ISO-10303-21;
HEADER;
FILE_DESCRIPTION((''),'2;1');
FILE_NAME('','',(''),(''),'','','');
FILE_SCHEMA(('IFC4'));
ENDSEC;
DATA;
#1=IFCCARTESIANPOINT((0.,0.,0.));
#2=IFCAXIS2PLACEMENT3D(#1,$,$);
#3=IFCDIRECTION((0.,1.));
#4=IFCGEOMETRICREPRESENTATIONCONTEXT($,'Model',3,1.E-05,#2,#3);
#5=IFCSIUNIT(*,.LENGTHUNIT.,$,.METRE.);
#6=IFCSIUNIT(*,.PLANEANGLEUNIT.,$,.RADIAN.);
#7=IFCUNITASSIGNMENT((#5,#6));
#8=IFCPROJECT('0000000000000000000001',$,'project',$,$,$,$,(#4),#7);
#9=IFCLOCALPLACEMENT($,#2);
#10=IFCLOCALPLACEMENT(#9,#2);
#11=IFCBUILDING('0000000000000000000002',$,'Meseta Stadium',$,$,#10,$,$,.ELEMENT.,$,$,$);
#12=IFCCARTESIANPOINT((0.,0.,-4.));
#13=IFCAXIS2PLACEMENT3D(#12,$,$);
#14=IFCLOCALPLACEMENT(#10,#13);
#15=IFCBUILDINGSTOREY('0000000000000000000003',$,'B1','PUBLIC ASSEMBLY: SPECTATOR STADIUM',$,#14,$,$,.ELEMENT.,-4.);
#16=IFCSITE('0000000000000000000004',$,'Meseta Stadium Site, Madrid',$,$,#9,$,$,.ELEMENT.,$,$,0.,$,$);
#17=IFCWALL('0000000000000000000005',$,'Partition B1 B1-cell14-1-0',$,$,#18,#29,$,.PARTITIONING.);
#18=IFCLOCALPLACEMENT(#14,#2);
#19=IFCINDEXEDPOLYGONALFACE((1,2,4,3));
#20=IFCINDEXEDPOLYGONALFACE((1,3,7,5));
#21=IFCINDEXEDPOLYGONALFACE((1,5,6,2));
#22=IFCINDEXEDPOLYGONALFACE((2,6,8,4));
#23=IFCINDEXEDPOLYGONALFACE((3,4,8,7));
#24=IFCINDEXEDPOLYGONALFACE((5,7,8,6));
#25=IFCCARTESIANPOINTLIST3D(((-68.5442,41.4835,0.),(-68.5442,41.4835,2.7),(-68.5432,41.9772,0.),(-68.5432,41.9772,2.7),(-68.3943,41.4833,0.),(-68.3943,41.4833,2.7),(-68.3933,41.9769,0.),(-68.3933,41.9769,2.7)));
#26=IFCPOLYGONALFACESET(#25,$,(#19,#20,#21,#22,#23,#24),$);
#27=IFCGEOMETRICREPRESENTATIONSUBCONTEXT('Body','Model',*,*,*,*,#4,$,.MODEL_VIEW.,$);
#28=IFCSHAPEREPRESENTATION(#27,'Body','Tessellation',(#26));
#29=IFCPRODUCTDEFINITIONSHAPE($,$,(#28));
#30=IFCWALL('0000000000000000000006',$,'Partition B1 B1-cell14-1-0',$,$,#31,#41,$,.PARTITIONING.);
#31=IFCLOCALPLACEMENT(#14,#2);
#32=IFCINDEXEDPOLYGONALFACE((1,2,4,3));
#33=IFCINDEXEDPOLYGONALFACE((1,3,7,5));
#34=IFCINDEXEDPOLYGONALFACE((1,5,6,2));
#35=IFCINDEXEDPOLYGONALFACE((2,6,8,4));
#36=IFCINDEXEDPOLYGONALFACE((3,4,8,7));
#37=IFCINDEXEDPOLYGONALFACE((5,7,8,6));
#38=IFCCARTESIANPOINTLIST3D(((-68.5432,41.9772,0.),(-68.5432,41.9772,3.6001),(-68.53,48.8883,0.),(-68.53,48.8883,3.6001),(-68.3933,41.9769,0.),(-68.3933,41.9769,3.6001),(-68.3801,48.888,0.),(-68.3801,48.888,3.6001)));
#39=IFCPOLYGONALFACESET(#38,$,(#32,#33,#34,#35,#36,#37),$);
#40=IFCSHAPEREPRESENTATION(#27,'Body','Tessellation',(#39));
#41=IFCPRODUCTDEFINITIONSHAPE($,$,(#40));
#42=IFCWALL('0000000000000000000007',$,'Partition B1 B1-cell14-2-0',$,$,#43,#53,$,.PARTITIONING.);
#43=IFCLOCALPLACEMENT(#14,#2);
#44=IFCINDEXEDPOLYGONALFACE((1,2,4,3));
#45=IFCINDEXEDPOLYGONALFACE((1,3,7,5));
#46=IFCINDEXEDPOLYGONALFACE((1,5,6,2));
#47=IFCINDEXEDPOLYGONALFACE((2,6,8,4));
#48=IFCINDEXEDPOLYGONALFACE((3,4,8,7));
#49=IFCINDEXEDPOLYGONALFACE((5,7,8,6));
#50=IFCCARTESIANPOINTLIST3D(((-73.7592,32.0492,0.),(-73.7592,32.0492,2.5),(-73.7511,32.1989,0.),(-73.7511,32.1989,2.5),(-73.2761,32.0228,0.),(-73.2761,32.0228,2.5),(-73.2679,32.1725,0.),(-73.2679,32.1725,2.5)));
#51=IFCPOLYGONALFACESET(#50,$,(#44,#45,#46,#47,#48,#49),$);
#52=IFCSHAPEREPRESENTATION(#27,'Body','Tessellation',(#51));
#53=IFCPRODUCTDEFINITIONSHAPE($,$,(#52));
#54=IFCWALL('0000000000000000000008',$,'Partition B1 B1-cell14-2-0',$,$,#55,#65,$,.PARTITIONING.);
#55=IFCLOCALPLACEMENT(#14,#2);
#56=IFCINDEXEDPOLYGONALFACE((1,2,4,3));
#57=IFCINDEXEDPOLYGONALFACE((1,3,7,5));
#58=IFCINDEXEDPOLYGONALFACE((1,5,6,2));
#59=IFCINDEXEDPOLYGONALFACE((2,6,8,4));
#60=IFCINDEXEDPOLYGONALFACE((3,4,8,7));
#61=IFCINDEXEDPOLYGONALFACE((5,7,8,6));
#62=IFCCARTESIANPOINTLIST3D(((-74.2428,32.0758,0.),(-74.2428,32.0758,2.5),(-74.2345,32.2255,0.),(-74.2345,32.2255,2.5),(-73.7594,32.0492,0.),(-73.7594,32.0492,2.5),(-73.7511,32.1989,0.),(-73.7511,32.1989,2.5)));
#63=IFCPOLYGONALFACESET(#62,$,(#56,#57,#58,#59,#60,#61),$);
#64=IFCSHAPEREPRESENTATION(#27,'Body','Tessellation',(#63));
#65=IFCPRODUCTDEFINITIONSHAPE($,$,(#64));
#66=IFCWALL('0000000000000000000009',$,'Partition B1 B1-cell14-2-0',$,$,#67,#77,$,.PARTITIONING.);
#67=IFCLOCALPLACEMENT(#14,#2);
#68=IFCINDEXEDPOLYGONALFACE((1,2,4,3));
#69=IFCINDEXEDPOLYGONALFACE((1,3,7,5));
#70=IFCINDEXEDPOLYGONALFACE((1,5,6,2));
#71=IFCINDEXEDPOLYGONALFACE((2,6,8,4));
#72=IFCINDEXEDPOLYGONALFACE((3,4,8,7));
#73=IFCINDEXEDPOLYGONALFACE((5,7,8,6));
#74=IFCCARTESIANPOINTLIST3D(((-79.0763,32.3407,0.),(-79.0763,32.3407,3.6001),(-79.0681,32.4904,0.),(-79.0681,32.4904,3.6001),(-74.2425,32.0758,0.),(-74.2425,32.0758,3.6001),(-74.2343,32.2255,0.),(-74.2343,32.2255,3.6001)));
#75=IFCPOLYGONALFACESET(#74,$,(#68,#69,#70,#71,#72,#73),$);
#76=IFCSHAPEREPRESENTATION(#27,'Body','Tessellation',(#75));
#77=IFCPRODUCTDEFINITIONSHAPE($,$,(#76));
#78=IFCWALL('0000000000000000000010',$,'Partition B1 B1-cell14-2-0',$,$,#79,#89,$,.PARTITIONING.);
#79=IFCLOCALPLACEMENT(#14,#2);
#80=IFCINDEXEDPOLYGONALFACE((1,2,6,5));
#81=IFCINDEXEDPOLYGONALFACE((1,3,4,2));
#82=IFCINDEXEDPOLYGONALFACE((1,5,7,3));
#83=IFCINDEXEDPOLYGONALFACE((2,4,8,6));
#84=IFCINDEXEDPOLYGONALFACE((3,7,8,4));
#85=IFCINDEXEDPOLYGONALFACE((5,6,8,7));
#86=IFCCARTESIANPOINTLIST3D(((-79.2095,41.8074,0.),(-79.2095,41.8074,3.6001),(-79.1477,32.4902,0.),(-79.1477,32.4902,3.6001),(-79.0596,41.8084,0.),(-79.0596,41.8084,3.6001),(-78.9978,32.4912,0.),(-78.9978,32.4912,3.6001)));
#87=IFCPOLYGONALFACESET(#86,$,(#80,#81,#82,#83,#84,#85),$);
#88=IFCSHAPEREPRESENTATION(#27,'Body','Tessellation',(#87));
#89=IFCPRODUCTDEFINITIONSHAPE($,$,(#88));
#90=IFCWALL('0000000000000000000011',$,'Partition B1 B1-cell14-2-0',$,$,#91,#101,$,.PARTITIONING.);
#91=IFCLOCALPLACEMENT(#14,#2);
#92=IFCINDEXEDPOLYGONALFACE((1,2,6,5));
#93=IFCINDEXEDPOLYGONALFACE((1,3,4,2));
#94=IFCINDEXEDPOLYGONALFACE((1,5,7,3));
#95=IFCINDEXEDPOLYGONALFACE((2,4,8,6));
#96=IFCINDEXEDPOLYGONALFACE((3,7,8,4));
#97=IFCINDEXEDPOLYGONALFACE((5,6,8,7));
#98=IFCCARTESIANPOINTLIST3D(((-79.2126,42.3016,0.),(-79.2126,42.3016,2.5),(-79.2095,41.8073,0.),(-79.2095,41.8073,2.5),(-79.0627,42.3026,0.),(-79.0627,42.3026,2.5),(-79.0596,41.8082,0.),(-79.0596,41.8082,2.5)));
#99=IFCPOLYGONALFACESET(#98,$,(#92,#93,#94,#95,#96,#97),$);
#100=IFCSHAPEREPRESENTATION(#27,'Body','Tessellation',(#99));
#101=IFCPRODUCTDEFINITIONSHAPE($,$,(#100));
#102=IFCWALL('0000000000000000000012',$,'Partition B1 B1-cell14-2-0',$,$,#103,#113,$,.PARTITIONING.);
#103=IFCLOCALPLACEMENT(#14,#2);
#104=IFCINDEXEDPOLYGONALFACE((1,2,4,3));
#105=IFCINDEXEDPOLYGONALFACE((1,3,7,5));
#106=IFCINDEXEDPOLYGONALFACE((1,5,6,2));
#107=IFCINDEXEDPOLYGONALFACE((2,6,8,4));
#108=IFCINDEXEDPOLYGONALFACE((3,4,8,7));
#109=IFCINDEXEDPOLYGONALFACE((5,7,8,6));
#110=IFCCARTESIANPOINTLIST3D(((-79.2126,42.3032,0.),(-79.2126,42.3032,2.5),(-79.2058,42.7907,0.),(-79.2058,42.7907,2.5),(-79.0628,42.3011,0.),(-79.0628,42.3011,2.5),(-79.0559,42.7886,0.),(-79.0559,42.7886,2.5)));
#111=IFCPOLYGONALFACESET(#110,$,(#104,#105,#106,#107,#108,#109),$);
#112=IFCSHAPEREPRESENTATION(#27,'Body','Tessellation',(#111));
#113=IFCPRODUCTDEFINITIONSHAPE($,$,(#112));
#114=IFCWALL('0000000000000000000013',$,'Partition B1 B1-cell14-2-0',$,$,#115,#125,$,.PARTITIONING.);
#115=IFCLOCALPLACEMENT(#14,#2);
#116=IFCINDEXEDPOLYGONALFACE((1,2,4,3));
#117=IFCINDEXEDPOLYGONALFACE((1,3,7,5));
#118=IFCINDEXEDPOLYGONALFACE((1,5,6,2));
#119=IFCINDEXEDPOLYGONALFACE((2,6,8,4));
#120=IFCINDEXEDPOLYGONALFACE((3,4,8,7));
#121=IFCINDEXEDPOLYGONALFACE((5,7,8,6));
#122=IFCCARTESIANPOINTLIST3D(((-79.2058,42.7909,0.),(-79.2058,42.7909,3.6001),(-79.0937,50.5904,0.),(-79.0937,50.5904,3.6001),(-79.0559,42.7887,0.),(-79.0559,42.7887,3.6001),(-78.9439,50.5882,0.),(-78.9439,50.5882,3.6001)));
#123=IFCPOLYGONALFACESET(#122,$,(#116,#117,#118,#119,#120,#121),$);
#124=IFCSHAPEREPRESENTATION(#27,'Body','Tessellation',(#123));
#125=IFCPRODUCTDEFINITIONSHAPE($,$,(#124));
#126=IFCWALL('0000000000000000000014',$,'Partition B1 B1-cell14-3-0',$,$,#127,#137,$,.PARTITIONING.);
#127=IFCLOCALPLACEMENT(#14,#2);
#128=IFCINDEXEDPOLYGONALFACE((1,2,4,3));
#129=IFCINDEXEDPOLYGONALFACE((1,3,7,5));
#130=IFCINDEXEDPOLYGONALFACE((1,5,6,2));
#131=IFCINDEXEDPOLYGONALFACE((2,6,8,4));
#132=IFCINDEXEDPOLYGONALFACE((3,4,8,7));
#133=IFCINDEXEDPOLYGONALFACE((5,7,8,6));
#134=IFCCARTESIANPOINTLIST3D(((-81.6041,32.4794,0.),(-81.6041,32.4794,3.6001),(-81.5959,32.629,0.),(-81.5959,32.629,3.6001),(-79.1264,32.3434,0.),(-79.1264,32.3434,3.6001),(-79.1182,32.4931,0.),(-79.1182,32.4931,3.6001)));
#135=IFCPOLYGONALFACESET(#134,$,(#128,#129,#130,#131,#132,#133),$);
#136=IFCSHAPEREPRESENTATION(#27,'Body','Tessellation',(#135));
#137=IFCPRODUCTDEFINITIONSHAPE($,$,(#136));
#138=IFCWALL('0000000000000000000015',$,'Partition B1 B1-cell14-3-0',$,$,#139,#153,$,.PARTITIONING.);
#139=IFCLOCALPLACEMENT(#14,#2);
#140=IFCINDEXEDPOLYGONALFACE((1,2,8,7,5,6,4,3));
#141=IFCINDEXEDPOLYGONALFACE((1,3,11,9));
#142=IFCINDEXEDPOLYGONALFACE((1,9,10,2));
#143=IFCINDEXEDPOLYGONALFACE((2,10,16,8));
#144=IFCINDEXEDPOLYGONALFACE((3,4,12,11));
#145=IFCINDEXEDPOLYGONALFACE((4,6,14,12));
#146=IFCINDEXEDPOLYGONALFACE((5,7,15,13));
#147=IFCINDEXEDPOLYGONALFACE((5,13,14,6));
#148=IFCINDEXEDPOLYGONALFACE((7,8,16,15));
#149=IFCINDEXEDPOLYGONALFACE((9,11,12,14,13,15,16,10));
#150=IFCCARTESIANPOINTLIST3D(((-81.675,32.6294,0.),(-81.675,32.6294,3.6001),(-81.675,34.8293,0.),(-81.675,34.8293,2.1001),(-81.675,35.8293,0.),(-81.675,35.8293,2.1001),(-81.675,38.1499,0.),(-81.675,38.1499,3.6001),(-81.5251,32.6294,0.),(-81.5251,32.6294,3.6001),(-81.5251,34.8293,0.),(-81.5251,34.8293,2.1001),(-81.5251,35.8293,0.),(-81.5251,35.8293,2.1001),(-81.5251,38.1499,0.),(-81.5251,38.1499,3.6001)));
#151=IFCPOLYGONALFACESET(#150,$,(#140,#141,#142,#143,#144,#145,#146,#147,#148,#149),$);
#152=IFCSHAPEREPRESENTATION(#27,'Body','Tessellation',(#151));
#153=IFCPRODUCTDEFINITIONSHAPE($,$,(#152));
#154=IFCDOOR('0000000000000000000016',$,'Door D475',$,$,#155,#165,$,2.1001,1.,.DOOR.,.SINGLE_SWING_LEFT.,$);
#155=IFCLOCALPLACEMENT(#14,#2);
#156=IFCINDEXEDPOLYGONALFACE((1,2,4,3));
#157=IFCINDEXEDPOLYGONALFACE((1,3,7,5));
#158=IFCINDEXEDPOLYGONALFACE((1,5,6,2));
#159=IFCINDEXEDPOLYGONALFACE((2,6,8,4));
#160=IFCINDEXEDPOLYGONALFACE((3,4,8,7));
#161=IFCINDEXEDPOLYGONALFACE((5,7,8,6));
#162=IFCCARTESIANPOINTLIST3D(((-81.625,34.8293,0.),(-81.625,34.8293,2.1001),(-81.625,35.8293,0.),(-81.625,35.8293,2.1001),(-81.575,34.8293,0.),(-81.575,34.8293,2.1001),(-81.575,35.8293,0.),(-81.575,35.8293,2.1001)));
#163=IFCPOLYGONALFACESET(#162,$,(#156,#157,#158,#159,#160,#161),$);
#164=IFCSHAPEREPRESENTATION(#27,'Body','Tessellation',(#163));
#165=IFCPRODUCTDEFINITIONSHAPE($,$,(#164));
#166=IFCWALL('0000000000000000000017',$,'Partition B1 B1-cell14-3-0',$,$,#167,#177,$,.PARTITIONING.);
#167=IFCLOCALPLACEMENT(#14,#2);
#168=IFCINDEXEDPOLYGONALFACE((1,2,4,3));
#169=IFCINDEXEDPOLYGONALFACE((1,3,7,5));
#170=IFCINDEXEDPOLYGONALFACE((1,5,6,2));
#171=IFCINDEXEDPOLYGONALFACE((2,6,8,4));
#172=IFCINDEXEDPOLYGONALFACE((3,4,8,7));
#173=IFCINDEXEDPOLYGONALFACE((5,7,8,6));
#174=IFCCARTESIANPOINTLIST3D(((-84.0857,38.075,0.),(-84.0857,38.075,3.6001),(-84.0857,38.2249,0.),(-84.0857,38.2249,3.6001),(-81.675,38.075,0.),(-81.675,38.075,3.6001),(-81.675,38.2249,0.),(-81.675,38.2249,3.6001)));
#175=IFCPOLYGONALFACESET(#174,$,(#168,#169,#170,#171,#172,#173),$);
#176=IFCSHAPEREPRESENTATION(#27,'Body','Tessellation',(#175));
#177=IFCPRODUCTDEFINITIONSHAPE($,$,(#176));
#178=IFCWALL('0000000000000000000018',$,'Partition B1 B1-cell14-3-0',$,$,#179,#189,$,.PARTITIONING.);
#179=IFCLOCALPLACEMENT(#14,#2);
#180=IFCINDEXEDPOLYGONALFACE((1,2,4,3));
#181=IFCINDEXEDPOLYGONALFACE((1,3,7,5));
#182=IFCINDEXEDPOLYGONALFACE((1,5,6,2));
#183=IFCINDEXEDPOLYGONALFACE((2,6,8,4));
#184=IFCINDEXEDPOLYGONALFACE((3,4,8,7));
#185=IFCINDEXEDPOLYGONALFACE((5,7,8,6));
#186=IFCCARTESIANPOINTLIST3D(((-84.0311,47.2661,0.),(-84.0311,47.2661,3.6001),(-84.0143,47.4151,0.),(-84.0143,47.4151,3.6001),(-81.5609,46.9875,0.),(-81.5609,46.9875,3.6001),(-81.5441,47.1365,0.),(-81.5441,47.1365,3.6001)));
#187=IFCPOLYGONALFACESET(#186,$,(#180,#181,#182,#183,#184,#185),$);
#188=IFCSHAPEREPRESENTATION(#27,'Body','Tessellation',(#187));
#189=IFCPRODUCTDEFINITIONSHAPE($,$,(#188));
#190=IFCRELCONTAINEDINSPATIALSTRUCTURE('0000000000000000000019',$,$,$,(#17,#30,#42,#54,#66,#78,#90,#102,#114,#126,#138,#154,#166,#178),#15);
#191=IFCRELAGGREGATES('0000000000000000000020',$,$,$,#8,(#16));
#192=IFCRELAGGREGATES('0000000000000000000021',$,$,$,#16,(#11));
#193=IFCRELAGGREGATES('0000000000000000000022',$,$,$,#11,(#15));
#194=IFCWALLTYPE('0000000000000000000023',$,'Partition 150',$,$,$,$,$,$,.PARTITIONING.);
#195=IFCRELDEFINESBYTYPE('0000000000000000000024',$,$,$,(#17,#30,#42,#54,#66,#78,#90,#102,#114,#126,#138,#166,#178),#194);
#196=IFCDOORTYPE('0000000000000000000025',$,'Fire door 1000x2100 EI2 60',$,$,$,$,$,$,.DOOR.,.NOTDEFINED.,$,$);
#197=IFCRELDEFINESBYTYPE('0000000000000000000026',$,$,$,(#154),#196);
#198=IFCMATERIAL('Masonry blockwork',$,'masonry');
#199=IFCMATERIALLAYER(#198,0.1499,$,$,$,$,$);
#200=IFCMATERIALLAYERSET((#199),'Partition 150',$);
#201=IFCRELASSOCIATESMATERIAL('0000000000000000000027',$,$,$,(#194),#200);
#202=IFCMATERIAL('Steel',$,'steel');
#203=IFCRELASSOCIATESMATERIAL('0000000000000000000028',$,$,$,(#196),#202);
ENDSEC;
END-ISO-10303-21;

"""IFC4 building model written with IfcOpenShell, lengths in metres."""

from ifc_helpers import new_model, si_unit, direction, frame, frame_2d, origin, place, context, subcontext, project, spatial, rectangle, extrude, material, layer, layer_set, type_object, element, fill, save


model = new_model("IFC4")

# Units and contexts
model_context = context("Model", 3, precision=1e-05, world=origin(), true_north=direction((0.0, 1.0)))
body_context = subcontext(model_context, "Body", "Model", "MODEL_VIEW")
ifc_project = project(units=[si_unit("LENGTHUNIT", "METRE"), si_unit("PLANEANGLEUNIT", "RADIAN")], contexts=[model_context])

# Site, building, storey
site_placement = place(None, origin())
site = spatial("IfcSite", under=ifc_project, at=site_placement, Name="Meseta Stadium Site, Madrid", CompositionType="ELEMENT", RefElevation=0.0)
building_placement = place(site_placement, origin())
building = spatial("IfcBuilding", under=site, at=building_placement, Name="Meseta Stadium", CompositionType="ELEMENT")
storey_placement = place(building_placement, frame((0.0, 0.0, -4.0)))
storey = spatial("IfcBuildingStorey", under=building, at=storey_placement, Name="B1", Description="PUBLIC ASSEMBLY: SPECTATOR STADIUM", CompositionType="ELEMENT", Elevation=-4.0)

# Walls
ifc_material_1 = material(Name="Masonry blockwork", Category="masonry")
ifc_layer = layer(ifc_material_1, 0.1499)
ifc_layer_set = layer_set([ifc_layer], Name="Partition 150")
wall_type = type_object("IfcWallType", Name="Partition 150", PredefinedType="PARTITIONING", material=ifc_layer_set)
wall_1_placement = place(storey_placement, frame((-68.4692, 41.4834, 0.0), z_axis=(0.0, 0.0, 1.0), x_axis=(0.001978, 0.999998, 0.0)))
element("IfcWall", 1, at=wall_1_placement, inside=storey, type_object=wall_type, Name="Partition B1 B1-cell14-1-0", PredefinedType="PARTITIONING", context=body_context, shape_type="SweptSolid", body=[
    extrude(rectangle(XDim=0.4937, YDim=0.1499, at=frame_2d((0.2468, 0.0))), origin(), (0.0, 0.0, 1.0), 2.7),
])
wall_2_placement = place(storey_placement, frame((-68.4683, 41.9771, 0.0), z_axis=(0.0, 0.0, 1.0), x_axis=(0.001908, 0.999998, 0.0)))
element("IfcWall", 2, at=wall_2_placement, inside=storey, type_object=wall_type, Name="Partition B1 B1-cell14-1-0", PredefinedType="PARTITIONING", context=body_context, shape_type="SweptSolid", body=[
    extrude(rectangle(XDim=6.9111, YDim=0.1499, at=frame_2d((3.4556, 0.0))), origin(), (0.0, 0.0, 1.0), 3.6001),
])
wall_3_placement = place(storey_placement, frame((-73.272, 32.0977, 0.0), z_axis=(0.0, 0.0, 1.0), x_axis=(-0.998514, 0.054492, 0.0)))
element("IfcWall", 3, at=wall_3_placement, inside=storey, type_object=wall_type, Name="Partition B1 B1-cell14-2-0", PredefinedType="PARTITIONING", context=body_context, shape_type="SweptSolid", body=[
    extrude(rectangle(XDim=0.4839, YDim=0.1499, at=frame_2d((0.2419, 0.0))), origin(), (0.0, 0.0, 1.0), 2.5),
])
wall_4_placement = place(storey_placement, frame((-73.7551, 32.124, 0.0), z_axis=(0.0, 0.0, 1.0), x_axis=(-0.998488, 0.054967, 0.0)))
element("IfcWall", 4, at=wall_4_placement, inside=storey, type_object=wall_type, Name="Partition B1 B1-cell14-2-0", PredefinedType="PARTITIONING", context=body_context, shape_type="SweptSolid", body=[
    extrude(rectangle(XDim=0.4841, YDim=0.1499, at=frame_2d((0.2422, 0.0))), origin(), (0.0, 0.0, 1.0), 2.5),
])
wall_5_placement = place(storey_placement, frame((-74.2385, 32.1506, 0.0), z_axis=(0.0, 0.0, 1.0), x_axis=(-0.998502, 0.054719, 0.0)))
element("IfcWall", 5, at=wall_5_placement, inside=storey, type_object=wall_type, Name="Partition B1 B1-cell14-2-0", PredefinedType="PARTITIONING", context=body_context, shape_type="SweptSolid", body=[
    extrude(rectangle(XDim=4.8411, YDim=0.1499, at=frame_2d((2.4204, 0.0))), origin(), (0.0, 0.0, 1.0), 3.6001),
])
wall_6_placement = place(storey_placement, frame((-79.0728, 32.4907, 0.0), z_axis=(0.0, 0.0, 1.0), x_axis=(-0.006629, 0.999978, 0.0)))
element("IfcWall", 6, at=wall_6_placement, inside=storey, type_object=wall_type, Name="Partition B1 B1-cell14-2-0", PredefinedType="PARTITIONING", context=body_context, shape_type="SweptSolid", body=[
    extrude(rectangle(XDim=9.3174, YDim=0.1499, at=frame_2d((4.6587, 0.0))), origin(), (0.0, 0.0, 1.0), 3.6001),
])
wall_7_placement = place(storey_placement, frame((-79.1345, 41.8079, 0.0), z_axis=(0.0, 0.0, 1.0), x_axis=(-0.00642, 0.999979, 0.0)))
element("IfcWall", 7, at=wall_7_placement, inside=storey, type_object=wall_type, Name="Partition B1 B1-cell14-2-0", PredefinedType="PARTITIONING", context=body_context, shape_type="SweptSolid", body=[
    extrude(rectangle(XDim=0.4944, YDim=0.1499, at=frame_2d((0.2471, 0.0))), origin(), (0.0, 0.0, 1.0), 2.5),
])
wall_8_placement = place(storey_placement, frame((-79.1377, 42.3022, 0.0), z_axis=(0.0, 0.0, 1.0), x_axis=(0.01402, 0.999902, 0.0)))
element("IfcWall", 8, at=wall_8_placement, inside=storey, type_object=wall_type, Name="Partition B1 B1-cell14-2-0", PredefinedType="PARTITIONING", context=body_context, shape_type="SweptSolid", body=[
    extrude(rectangle(XDim=0.4875, YDim=0.1499, at=frame_2d((0.2437, 0.0))), origin(), (0.0, 0.0, 1.0), 2.5),
])
wall_9_placement = place(storey_placement, frame((-79.1309, 42.7898, 0.0), z_axis=(0.0, 0.0, 1.0), x_axis=(0.014366, 0.999897, 0.0)))
element("IfcWall", 9, at=wall_9_placement, inside=storey, type_object=wall_type, Name="Partition B1 B1-cell14-2-0", PredefinedType="PARTITIONING", context=body_context, shape_type="SweptSolid", body=[
    extrude(rectangle(XDim=7.8003, YDim=0.1499, at=frame_2d((3.9001, 0.0))), origin(), (0.0, 0.0, 1.0), 3.6001),
])
wall_10_placement = place(storey_placement, frame((-79.1223, 32.4182, 0.0), z_axis=(0.0, 0.0, 1.0), x_axis=(-0.998497, 0.0548, 0.0)))
element("IfcWall", 10, at=wall_10_placement, inside=storey, type_object=wall_type, Name="Partition B1 B1-cell14-3-0", PredefinedType="PARTITIONING", context=body_context, shape_type="SweptSolid", body=[
    extrude(rectangle(XDim=2.4814, YDim=0.1499, at=frame_2d((1.2407, 0.0))), origin(), (0.0, 0.0, 1.0), 3.6001),
])

# Wall, opening, door
wall_11_placement = place(storey_placement, frame((-81.6001, 32.6294, 0.0), z_axis=(0.0, 0.0, 1.0), x_axis=(0.0, 1.0, 0.0)))
wall_11 = element("IfcWall", 11, at=wall_11_placement, inside=storey, type_object=wall_type, Name="Partition B1 B1-cell14-3-0", PredefinedType="PARTITIONING", context=body_context, shape_type="SweptSolid", body=[
    extrude(rectangle(XDim=5.5205, YDim=0.1499, at=frame_2d((2.7603, 0.0))), origin(), (0.0, 0.0, 1.0), 3.6001),
])
opening_placement = place(wall_11_placement, frame((2.2, 0.0, 0.0)))
opening = element("IfcOpeningElement", 12, at=opening_placement, cuts=wall_11, PredefinedType="OPENING", context=body_context, shape_type="SweptSolid", body=[
    extrude(rectangle(XDim=1.0, YDim=2.1001, at=frame_2d((0.5, 1.05))), frame((0.0, 0.085, 0.0), z_axis=(0.0, -1.0, 0.0), x_axis=(1.0, 0.0, 0.0)), (0.0, 0.0, 1.0), 0.1699),
])
ifc_material_2 = material(Name="Steel", Category="steel")
door_type = type_object("IfcDoorType", Name="Fire door 1000x2100 EI2 60", OperationType="NOTDEFINED", PredefinedType="DOOR", material=ifc_material_2)
door_placement = place(opening_placement, origin())
door = element("IfcDoor", 13, at=door_placement, inside=storey, type_object=door_type, Name="Door D475", OperationType="SINGLE_SWING_LEFT", OverallHeight=2.1001, OverallWidth=1.0, PredefinedType="DOOR", context=body_context, shape_type="SweptSolid", body=[
    extrude(rectangle(XDim=1.0, YDim=2.1001, at=frame_2d((0.5, 1.05))), frame((0.0, 0.0249, 0.0), z_axis=(0.0, -1.0, 0.0), x_axis=(1.0, 0.0, 0.0)), (0.0, 0.0, 1.0), 0.05),
])
fill(opening, door)

# Walls
wall_12_placement = place(storey_placement, frame((-81.675, 38.1499, 0.0), z_axis=(0.0, 0.0, 1.0), x_axis=(-1.0, 0.0, 0.0)))
element("IfcWall", 14, at=wall_12_placement, inside=storey, type_object=wall_type, Name="Partition B1 B1-cell14-3-0", PredefinedType="PARTITIONING", context=body_context, shape_type="SweptSolid", body=[
    extrude(rectangle(XDim=2.4106, YDim=0.1499, at=frame_2d((1.2053, 0.0))), origin(), (0.0, 0.0, 1.0), 3.6001),
])
wall_13_placement = place(storey_placement, frame((-84.0227, 47.3406, 0.0), z_axis=(0.0, 0.0, 1.0), x_axis=(0.993702, -0.112059, 0.0)))
element("IfcWall", 15, at=wall_13_placement, inside=storey, type_object=wall_type, Name="Partition B1 B1-cell14-3-0", PredefinedType="PARTITIONING", context=body_context, shape_type="SweptSolid", body=[
    extrude(rectangle(XDim=2.4858, YDim=0.1499, at=frame_2d((1.2429, 0.0))), origin(), (0.0, 0.0, 1.0), 3.6001),
])

save(model, "model.ifc")
